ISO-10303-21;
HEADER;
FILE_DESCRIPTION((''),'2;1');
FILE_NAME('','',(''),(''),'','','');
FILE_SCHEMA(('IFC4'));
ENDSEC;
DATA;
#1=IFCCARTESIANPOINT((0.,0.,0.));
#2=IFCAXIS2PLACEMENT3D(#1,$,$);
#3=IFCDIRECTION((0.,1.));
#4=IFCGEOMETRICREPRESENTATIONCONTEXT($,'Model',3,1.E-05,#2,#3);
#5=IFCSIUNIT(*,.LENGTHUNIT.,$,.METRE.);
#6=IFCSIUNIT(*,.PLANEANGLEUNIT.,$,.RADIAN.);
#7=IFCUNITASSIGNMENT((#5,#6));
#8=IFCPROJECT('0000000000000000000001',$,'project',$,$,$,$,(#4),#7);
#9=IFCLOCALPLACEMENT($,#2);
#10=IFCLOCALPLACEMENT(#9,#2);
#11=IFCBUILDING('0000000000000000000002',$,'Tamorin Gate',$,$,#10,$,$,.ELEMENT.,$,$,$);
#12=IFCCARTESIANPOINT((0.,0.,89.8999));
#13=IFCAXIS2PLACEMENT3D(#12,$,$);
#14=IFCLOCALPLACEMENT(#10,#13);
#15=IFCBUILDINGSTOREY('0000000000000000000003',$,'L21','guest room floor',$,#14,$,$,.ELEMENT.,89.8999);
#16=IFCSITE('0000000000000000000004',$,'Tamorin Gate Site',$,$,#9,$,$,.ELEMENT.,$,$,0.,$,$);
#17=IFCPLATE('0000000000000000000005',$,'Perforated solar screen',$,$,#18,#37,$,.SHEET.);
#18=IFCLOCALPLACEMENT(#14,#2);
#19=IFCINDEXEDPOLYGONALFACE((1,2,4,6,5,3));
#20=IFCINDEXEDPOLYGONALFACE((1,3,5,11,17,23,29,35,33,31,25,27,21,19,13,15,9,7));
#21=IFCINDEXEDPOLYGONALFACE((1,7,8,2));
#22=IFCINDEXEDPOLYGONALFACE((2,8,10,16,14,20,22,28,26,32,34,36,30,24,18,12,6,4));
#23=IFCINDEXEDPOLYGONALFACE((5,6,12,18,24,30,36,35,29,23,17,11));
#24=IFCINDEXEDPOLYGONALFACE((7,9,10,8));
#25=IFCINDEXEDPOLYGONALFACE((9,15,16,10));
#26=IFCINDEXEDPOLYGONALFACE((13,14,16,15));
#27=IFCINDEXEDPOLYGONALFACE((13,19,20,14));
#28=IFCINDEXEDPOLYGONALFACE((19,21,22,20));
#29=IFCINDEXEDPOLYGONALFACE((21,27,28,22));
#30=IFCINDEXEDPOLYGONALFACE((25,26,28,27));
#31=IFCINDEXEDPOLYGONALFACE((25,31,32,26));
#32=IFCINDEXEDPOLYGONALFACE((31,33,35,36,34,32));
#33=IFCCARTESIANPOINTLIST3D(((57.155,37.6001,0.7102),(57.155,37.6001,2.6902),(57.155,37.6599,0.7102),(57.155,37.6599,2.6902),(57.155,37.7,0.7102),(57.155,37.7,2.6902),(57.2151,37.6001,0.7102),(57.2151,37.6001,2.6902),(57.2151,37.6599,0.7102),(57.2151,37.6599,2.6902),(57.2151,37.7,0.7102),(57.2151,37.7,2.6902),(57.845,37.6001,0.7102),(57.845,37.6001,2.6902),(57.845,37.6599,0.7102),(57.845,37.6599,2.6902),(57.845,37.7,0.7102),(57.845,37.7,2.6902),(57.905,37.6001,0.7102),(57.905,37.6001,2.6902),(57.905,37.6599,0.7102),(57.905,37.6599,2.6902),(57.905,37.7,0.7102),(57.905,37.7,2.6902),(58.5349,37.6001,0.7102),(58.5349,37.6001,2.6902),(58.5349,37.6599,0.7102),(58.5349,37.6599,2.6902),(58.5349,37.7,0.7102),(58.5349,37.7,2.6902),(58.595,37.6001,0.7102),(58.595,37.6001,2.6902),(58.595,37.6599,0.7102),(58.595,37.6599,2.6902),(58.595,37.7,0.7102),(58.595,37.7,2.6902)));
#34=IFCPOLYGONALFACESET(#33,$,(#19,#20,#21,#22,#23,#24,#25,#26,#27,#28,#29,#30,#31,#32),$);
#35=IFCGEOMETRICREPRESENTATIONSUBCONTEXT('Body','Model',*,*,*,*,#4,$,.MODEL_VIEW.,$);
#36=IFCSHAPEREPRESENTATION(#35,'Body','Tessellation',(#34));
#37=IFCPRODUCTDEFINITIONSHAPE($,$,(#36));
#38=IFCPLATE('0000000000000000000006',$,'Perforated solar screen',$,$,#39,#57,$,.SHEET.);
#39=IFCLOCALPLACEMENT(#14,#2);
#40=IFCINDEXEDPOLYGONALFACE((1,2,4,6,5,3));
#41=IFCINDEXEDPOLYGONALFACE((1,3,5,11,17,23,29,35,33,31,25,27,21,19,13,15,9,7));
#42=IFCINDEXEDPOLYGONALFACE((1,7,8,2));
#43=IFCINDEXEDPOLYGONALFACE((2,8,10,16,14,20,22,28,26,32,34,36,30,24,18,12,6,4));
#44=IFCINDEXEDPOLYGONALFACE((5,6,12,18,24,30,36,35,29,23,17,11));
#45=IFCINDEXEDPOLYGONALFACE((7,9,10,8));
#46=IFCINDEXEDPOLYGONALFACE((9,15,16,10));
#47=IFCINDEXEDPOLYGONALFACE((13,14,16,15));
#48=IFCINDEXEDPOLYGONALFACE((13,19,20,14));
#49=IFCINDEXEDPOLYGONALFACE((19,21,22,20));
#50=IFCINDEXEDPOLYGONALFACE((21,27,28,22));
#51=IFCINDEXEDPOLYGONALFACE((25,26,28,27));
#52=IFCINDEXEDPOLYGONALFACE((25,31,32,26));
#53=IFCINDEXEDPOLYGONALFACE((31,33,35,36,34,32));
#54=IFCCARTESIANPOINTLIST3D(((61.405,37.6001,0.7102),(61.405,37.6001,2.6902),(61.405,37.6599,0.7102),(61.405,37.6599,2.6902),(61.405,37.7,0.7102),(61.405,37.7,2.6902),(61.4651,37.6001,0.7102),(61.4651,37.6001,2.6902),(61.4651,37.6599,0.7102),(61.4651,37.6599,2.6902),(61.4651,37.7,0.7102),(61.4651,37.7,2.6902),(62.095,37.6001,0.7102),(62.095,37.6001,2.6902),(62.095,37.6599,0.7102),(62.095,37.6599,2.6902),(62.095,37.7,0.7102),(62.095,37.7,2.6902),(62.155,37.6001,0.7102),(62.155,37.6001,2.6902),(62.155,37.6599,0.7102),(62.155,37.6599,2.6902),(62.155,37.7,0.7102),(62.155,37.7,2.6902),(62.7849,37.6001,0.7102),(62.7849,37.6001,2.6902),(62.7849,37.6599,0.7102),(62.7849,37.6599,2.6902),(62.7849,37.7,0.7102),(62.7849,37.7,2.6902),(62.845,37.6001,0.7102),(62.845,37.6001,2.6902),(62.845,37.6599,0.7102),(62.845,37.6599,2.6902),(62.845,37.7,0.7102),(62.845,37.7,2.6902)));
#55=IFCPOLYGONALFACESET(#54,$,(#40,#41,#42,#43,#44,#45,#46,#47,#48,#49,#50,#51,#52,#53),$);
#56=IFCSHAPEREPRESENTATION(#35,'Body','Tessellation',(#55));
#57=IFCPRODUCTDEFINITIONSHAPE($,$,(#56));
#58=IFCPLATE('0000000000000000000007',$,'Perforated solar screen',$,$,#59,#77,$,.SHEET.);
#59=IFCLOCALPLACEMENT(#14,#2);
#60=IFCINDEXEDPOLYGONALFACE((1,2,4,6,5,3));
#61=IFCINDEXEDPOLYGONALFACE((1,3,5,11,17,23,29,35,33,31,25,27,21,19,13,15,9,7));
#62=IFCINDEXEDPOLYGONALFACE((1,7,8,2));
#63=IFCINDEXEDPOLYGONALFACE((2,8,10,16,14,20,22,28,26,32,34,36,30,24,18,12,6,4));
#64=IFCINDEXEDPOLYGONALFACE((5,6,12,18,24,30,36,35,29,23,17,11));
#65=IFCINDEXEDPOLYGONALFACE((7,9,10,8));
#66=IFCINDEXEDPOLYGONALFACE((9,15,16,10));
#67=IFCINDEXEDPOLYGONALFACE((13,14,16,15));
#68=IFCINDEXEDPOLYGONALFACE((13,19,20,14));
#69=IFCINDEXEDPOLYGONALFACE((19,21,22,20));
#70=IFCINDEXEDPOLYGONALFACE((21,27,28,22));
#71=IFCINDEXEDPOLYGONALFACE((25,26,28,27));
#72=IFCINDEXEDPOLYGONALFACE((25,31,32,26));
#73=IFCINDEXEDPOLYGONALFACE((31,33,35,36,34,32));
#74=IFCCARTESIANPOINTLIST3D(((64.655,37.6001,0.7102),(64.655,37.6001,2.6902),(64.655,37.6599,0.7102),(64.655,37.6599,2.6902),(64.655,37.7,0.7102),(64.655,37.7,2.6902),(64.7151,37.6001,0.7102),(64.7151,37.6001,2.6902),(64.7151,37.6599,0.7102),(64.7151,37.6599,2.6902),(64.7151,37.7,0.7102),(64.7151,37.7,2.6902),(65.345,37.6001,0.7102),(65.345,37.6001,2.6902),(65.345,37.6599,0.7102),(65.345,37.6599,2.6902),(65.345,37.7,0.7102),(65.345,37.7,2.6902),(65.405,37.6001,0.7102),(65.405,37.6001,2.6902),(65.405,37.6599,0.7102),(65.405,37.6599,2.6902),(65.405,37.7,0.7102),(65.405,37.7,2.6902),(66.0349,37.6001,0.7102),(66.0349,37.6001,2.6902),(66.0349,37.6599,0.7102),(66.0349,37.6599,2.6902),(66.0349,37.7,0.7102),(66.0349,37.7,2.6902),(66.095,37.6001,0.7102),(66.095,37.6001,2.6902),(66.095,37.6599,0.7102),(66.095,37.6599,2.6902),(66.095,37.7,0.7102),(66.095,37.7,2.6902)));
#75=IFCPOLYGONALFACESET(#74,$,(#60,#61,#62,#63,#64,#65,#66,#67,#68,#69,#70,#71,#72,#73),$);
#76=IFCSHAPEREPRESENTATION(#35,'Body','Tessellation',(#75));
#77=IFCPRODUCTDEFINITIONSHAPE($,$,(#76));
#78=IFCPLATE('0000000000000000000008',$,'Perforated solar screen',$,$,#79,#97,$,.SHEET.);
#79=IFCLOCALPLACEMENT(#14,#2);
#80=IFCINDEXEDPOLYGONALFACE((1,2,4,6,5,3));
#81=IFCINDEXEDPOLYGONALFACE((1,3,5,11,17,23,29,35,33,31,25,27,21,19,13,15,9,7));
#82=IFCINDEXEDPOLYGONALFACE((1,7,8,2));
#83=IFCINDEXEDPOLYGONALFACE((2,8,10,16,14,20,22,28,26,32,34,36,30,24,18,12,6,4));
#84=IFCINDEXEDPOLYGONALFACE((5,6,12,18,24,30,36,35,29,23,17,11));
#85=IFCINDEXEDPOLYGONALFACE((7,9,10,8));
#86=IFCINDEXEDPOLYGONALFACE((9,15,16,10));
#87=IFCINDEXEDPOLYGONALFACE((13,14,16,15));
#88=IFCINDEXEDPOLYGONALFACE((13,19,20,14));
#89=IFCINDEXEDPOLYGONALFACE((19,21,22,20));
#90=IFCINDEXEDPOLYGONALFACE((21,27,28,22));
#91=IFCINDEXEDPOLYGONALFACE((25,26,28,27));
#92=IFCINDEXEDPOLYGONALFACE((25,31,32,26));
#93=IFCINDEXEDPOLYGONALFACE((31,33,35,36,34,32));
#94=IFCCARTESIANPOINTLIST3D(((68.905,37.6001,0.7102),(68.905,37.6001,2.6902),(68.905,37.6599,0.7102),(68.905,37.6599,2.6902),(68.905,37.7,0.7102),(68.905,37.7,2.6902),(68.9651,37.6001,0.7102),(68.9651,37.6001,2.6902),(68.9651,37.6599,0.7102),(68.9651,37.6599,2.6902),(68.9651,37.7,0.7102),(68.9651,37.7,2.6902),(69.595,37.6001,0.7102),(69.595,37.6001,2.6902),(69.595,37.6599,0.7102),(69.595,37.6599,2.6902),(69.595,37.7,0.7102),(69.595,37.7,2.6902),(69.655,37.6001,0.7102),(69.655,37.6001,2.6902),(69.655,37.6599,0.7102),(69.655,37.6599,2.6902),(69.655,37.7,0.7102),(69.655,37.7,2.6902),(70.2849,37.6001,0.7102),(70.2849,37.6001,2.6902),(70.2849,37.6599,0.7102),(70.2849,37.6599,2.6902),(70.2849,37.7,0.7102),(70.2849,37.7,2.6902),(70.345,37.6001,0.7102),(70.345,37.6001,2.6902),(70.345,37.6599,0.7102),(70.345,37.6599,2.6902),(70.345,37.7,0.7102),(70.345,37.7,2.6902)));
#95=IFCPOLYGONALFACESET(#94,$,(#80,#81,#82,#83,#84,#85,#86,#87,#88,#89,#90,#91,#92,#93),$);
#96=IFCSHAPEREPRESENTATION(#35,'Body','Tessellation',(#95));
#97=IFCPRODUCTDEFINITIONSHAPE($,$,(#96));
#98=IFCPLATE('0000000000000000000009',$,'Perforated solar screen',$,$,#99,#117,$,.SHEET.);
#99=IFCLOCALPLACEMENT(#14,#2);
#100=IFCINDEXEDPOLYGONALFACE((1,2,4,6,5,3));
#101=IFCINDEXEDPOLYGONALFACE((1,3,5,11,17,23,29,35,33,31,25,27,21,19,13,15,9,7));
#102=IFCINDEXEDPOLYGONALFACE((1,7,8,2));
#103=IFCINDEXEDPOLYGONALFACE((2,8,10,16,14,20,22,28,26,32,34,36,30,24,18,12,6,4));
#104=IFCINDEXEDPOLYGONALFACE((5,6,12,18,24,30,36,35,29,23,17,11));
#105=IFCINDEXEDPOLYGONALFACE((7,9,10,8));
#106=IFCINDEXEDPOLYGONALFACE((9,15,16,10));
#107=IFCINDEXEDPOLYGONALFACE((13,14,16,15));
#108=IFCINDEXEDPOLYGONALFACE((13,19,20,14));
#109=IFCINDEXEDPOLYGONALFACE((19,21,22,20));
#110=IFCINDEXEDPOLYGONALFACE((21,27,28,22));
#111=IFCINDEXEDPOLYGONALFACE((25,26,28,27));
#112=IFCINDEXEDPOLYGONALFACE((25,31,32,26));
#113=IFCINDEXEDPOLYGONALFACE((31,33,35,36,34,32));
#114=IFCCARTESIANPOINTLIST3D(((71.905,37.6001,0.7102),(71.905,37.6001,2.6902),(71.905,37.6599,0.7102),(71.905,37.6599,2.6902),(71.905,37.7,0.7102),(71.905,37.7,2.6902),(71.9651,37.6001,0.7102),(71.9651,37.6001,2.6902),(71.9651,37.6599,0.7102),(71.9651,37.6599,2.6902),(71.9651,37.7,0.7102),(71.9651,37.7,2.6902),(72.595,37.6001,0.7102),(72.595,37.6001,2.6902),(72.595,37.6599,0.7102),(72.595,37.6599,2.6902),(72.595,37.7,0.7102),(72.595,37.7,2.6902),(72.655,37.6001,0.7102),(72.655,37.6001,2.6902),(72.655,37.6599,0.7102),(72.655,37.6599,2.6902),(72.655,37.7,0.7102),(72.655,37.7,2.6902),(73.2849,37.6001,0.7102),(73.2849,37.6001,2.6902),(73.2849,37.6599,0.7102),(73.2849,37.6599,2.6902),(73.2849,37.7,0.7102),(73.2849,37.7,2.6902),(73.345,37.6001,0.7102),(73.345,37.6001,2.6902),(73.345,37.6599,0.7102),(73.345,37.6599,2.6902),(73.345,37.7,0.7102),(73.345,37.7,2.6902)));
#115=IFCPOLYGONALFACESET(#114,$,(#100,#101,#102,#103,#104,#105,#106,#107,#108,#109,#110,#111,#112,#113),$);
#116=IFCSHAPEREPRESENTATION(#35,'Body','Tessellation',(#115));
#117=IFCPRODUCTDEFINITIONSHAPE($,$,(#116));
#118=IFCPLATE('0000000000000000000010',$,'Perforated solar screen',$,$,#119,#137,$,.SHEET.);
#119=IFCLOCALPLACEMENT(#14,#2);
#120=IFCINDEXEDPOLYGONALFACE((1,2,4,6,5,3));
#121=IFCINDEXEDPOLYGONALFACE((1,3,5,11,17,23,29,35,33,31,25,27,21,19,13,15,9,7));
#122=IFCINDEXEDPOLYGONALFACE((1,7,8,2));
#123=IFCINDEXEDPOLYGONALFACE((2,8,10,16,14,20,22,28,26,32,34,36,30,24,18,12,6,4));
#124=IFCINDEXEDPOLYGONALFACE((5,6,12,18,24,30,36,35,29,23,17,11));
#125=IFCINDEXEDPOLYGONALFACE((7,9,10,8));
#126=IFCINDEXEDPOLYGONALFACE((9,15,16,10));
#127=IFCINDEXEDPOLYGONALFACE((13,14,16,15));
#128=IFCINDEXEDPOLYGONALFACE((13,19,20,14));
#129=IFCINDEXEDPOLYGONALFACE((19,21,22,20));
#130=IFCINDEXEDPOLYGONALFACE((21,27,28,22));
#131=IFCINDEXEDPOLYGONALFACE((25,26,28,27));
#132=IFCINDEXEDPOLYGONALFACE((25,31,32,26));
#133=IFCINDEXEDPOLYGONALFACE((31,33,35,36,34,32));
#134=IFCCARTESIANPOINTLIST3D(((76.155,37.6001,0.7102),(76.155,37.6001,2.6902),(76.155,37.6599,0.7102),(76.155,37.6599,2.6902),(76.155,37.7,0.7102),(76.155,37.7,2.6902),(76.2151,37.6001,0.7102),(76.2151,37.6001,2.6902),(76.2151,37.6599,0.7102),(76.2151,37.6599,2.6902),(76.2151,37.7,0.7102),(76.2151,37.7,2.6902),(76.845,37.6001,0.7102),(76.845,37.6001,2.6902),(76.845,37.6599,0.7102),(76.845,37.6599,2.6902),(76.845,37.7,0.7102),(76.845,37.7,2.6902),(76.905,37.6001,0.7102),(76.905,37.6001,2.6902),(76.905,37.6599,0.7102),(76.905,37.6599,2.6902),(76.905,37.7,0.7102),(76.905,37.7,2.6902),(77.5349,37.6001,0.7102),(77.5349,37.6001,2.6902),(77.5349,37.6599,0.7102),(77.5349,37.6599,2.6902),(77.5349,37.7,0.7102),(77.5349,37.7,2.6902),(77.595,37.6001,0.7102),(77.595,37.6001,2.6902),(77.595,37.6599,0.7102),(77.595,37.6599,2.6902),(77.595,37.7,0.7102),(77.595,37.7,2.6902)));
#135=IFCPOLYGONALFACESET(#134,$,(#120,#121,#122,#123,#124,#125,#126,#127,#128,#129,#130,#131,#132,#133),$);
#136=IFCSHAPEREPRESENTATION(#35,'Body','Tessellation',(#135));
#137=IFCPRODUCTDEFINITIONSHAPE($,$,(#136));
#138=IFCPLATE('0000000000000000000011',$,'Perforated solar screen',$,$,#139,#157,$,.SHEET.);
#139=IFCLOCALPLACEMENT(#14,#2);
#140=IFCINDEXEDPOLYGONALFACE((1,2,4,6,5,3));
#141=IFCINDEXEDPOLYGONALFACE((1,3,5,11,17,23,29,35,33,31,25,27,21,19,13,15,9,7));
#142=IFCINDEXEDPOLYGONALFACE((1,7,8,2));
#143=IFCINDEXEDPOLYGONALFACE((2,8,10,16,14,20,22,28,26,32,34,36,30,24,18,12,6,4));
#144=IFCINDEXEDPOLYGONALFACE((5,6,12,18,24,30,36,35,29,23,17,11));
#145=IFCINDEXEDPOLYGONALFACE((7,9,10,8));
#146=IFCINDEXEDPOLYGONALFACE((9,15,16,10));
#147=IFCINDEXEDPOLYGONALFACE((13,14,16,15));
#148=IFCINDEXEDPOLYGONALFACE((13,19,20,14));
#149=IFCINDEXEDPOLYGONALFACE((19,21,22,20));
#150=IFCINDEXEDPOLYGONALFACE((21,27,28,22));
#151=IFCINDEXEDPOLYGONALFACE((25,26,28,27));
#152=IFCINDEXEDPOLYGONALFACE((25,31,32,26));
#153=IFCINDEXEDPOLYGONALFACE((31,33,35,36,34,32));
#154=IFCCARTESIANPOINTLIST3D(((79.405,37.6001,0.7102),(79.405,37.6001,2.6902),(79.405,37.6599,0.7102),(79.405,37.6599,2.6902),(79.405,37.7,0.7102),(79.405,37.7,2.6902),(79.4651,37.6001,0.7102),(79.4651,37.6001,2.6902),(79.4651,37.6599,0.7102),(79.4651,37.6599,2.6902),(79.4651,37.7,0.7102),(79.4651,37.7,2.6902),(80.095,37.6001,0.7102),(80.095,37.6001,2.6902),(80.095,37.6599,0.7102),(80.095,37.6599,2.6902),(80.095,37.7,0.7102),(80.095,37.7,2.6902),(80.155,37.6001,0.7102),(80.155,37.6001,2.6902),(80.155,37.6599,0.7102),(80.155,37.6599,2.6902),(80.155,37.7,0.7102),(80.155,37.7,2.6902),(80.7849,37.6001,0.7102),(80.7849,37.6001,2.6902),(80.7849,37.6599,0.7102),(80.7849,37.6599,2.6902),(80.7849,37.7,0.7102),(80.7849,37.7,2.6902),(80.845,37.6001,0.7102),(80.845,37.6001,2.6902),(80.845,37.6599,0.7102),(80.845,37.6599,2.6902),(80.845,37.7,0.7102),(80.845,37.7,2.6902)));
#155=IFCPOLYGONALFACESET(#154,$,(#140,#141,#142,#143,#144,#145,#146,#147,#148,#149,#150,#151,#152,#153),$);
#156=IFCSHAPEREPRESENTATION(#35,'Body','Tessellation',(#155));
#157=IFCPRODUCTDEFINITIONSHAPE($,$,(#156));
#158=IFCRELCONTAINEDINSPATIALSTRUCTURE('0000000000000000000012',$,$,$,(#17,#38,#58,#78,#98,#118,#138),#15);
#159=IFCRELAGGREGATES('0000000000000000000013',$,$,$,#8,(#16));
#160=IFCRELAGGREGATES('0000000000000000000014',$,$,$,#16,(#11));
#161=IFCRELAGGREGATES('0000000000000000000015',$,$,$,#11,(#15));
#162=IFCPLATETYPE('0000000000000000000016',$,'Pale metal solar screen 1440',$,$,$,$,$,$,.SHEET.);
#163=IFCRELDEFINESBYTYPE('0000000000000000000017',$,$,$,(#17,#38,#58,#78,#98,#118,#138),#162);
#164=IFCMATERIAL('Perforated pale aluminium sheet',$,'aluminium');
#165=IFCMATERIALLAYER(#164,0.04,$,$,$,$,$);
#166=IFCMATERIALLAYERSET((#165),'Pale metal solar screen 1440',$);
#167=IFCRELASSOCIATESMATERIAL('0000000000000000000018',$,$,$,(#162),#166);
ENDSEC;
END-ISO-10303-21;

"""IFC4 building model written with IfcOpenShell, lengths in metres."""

from ifc_helpers import new_model, si_unit, direction, frame, origin, place, context, subcontext, project, spatial, polyline, outline, extrude, material, layer, layer_set, type_object, element, save


model = new_model("IFC4")

# Units and contexts
model_context = context("Model", 3, precision=1e-05, world=origin(), true_north=direction((0.0, 1.0)))
body_context = subcontext(model_context, "Body", "Model", "MODEL_VIEW")
ifc_project = project(units=[si_unit("LENGTHUNIT", "METRE"), si_unit("PLANEANGLEUNIT", "RADIAN")], contexts=[model_context])

# Site, building, storey
site_placement = place(None, origin())
site = spatial("IfcSite", under=ifc_project, at=site_placement, Name="Tamorin Gate Site", CompositionType="ELEMENT", RefElevation=0.0)
building_placement = place(site_placement, origin())
building = spatial("IfcBuilding", under=site, at=building_placement, Name="Tamorin Gate", CompositionType="ELEMENT")
storey_placement = place(building_placement, frame((0.0, 0.0, 89.8999)))
storey = spatial("IfcBuildingStorey", under=building, at=storey_placement, Name="L21", Description="guest room floor", CompositionType="ELEMENT", Elevation=89.8999)

# Plates
ifc_material_1 = material(Name="Perforated pale aluminium sheet", Category="aluminium")
ifc_layer_1 = layer(ifc_material_1, 0.04)
ifc_layer_set_1 = layer_set([ifc_layer_1], Name="Pale metal solar screen 1440")
plate_type = type_object("IfcPlateType", Name="Pale metal solar screen 1440", PredefinedType="SHEET", material=ifc_layer_set_1)
plate_1_placement = place(storey_placement, frame((0.0, 0.0, 0.7102)))
element("IfcPlate", 1, at=plate_1_placement, inside=storey, type_object=plate_type, Name="Perforated solar screen", PredefinedType="SHEET", context=body_context, shape_type="SweptSolid", body=[
    extrude(outline(polyline([(57.155, 37.6599), (57.155, 37.7), (57.2151, 37.7), (57.845, 37.7), (57.905, 37.7), (58.5349, 37.7), (58.595, 37.7), (58.595, 37.6599), (58.595, 37.6001), (58.5349, 37.6001), (58.5349, 37.6599), (57.905, 37.6599), (57.905, 37.6001), (57.845, 37.6001), (57.845, 37.6599), (57.2151, 37.6599), (57.2151, 37.6001), (57.155, 37.6001), (57.155, 37.6599)])), origin(), (0.0, 0.0, 1.0), 1.98),
])
plate_2_placement = place(storey_placement, frame((0.0, 0.0, 0.7102)))
element("IfcPlate", 2, at=plate_2_placement, inside=storey, type_object=plate_type, Name="Perforated solar screen", PredefinedType="SHEET", context=body_context, shape_type="SweptSolid", body=[
    extrude(outline(polyline([(61.405, 37.6599), (61.405, 37.7), (61.4651, 37.7), (62.095, 37.7), (62.155, 37.7), (62.7849, 37.7), (62.845, 37.7), (62.845, 37.6599), (62.845, 37.6001), (62.7849, 37.6001), (62.7849, 37.6599), (62.155, 37.6599), (62.155, 37.6001), (62.095, 37.6001), (62.095, 37.6599), (61.4651, 37.6599), (61.4651, 37.6001), (61.405, 37.6001), (61.405, 37.6599)])), origin(), (0.0, 0.0, 1.0), 1.98),
])
plate_3_placement = place(storey_placement, frame((0.0, 0.0, 0.7102)))
element("IfcPlate", 3, at=plate_3_placement, inside=storey, type_object=plate_type, Name="Perforated solar screen", PredefinedType="SHEET", context=body_context, shape_type="SweptSolid", body=[
    extrude(outline(polyline([(64.655, 37.6599), (64.655, 37.7), (64.7151, 37.7), (65.345, 37.7), (65.405, 37.7), (66.0349, 37.7), (66.095, 37.7), (66.095, 37.6599), (66.095, 37.6001), (66.0349, 37.6001), (66.0349, 37.6599), (65.405, 37.6599), (65.405, 37.6001), (65.345, 37.6001), (65.345, 37.6599), (64.7151, 37.6599), (64.7151, 37.6001), (64.655, 37.6001), (64.655, 37.6599)])), origin(), (0.0, 0.0, 1.0), 1.98),
])
plate_4_placement = place(storey_placement, frame((0.0, 0.0, 0.7102)))
element("IfcPlate", 4, at=plate_4_placement, inside=storey, type_object=plate_type, Name="Perforated solar screen", PredefinedType="SHEET", context=body_context, shape_type="SweptSolid", body=[
    extrude(outline(polyline([(68.905, 37.6599), (68.905, 37.7), (68.9651, 37.7), (69.595, 37.7), (69.655, 37.7), (70.2849, 37.7), (70.345, 37.7), (70.345, 37.6599), (70.345, 37.6001), (70.2849, 37.6001), (70.2849, 37.6599), (69.655, 37.6599), (69.655, 37.6001), (69.595, 37.6001), (69.595, 37.6599), (68.9651, 37.6599), (68.9651, 37.6001), (68.905, 37.6001), (68.905, 37.6599)])), origin(), (0.0, 0.0, 1.0), 1.98),
])
plate_5_placement = place(storey_placement, frame((0.0, 0.0, 0.7102)))
element("IfcPlate", 5, at=plate_5_placement, inside=storey, type_object=plate_type, Name="Perforated solar screen", PredefinedType="SHEET", context=body_context, shape_type="SweptSolid", body=[
    extrude(outline(polyline([(71.905, 37.6599), (71.905, 37.7), (71.9651, 37.7), (72.595, 37.7), (72.655, 37.7), (73.2849, 37.7), (73.345, 37.7), (73.345, 37.6599), (73.345, 37.6001), (73.2849, 37.6001), (73.2849, 37.6599), (72.655, 37.6599), (72.655, 37.6001), (72.595, 37.6001), (72.595, 37.6599), (71.9651, 37.6599), (71.9651, 37.6001), (71.905, 37.6001), (71.905, 37.6599)])), origin(), (0.0, 0.0, 1.0), 1.98),
])
plate_6_placement = place(storey_placement, frame((0.0, 0.0, 0.7102)))
element("IfcPlate", 6, at=plate_6_placement, inside=storey, type_object=plate_type, Name="Perforated solar screen", PredefinedType="SHEET", context=body_context, shape_type="SweptSolid", body=[
    extrude(outline(polyline([(76.155, 37.6599), (76.155, 37.7), (76.2151, 37.7), (76.845, 37.7), (76.905, 37.7), (77.5349, 37.7), (77.595, 37.7), (77.595, 37.6599), (77.595, 37.6001), (77.5349, 37.6001), (77.5349, 37.6599), (76.905, 37.6599), (76.905, 37.6001), (76.845, 37.6001), (76.845, 37.6599), (76.2151, 37.6599), (76.2151, 37.6001), (76.155, 37.6001), (76.155, 37.6599)])), origin(), (0.0, 0.0, 1.0), 1.98),
])
plate_7_placement = place(storey_placement, frame((0.0, 0.0, 0.7102)))
element("IfcPlate", 7, at=plate_7_placement, inside=storey, type_object=plate_type, Name="Perforated solar screen", PredefinedType="SHEET", context=body_context, shape_type="SweptSolid", body=[
    extrude(outline(polyline([(79.405, 37.6599), (79.405, 37.7), (79.4651, 37.7), (80.095, 37.7), (80.155, 37.7), (80.7849, 37.7), (80.845, 37.7), (80.845, 37.6599), (80.845, 37.6001), (80.7849, 37.6001), (80.7849, 37.6599), (80.155, 37.6599), (80.155, 37.6001), (80.095, 37.6001), (80.095, 37.6599), (79.4651, 37.6599), (79.4651, 37.6001), (79.405, 37.6001), (79.405, 37.6599)])), origin(), (0.0, 0.0, 1.0), 1.98),
])

save(model, "model.ifc")
